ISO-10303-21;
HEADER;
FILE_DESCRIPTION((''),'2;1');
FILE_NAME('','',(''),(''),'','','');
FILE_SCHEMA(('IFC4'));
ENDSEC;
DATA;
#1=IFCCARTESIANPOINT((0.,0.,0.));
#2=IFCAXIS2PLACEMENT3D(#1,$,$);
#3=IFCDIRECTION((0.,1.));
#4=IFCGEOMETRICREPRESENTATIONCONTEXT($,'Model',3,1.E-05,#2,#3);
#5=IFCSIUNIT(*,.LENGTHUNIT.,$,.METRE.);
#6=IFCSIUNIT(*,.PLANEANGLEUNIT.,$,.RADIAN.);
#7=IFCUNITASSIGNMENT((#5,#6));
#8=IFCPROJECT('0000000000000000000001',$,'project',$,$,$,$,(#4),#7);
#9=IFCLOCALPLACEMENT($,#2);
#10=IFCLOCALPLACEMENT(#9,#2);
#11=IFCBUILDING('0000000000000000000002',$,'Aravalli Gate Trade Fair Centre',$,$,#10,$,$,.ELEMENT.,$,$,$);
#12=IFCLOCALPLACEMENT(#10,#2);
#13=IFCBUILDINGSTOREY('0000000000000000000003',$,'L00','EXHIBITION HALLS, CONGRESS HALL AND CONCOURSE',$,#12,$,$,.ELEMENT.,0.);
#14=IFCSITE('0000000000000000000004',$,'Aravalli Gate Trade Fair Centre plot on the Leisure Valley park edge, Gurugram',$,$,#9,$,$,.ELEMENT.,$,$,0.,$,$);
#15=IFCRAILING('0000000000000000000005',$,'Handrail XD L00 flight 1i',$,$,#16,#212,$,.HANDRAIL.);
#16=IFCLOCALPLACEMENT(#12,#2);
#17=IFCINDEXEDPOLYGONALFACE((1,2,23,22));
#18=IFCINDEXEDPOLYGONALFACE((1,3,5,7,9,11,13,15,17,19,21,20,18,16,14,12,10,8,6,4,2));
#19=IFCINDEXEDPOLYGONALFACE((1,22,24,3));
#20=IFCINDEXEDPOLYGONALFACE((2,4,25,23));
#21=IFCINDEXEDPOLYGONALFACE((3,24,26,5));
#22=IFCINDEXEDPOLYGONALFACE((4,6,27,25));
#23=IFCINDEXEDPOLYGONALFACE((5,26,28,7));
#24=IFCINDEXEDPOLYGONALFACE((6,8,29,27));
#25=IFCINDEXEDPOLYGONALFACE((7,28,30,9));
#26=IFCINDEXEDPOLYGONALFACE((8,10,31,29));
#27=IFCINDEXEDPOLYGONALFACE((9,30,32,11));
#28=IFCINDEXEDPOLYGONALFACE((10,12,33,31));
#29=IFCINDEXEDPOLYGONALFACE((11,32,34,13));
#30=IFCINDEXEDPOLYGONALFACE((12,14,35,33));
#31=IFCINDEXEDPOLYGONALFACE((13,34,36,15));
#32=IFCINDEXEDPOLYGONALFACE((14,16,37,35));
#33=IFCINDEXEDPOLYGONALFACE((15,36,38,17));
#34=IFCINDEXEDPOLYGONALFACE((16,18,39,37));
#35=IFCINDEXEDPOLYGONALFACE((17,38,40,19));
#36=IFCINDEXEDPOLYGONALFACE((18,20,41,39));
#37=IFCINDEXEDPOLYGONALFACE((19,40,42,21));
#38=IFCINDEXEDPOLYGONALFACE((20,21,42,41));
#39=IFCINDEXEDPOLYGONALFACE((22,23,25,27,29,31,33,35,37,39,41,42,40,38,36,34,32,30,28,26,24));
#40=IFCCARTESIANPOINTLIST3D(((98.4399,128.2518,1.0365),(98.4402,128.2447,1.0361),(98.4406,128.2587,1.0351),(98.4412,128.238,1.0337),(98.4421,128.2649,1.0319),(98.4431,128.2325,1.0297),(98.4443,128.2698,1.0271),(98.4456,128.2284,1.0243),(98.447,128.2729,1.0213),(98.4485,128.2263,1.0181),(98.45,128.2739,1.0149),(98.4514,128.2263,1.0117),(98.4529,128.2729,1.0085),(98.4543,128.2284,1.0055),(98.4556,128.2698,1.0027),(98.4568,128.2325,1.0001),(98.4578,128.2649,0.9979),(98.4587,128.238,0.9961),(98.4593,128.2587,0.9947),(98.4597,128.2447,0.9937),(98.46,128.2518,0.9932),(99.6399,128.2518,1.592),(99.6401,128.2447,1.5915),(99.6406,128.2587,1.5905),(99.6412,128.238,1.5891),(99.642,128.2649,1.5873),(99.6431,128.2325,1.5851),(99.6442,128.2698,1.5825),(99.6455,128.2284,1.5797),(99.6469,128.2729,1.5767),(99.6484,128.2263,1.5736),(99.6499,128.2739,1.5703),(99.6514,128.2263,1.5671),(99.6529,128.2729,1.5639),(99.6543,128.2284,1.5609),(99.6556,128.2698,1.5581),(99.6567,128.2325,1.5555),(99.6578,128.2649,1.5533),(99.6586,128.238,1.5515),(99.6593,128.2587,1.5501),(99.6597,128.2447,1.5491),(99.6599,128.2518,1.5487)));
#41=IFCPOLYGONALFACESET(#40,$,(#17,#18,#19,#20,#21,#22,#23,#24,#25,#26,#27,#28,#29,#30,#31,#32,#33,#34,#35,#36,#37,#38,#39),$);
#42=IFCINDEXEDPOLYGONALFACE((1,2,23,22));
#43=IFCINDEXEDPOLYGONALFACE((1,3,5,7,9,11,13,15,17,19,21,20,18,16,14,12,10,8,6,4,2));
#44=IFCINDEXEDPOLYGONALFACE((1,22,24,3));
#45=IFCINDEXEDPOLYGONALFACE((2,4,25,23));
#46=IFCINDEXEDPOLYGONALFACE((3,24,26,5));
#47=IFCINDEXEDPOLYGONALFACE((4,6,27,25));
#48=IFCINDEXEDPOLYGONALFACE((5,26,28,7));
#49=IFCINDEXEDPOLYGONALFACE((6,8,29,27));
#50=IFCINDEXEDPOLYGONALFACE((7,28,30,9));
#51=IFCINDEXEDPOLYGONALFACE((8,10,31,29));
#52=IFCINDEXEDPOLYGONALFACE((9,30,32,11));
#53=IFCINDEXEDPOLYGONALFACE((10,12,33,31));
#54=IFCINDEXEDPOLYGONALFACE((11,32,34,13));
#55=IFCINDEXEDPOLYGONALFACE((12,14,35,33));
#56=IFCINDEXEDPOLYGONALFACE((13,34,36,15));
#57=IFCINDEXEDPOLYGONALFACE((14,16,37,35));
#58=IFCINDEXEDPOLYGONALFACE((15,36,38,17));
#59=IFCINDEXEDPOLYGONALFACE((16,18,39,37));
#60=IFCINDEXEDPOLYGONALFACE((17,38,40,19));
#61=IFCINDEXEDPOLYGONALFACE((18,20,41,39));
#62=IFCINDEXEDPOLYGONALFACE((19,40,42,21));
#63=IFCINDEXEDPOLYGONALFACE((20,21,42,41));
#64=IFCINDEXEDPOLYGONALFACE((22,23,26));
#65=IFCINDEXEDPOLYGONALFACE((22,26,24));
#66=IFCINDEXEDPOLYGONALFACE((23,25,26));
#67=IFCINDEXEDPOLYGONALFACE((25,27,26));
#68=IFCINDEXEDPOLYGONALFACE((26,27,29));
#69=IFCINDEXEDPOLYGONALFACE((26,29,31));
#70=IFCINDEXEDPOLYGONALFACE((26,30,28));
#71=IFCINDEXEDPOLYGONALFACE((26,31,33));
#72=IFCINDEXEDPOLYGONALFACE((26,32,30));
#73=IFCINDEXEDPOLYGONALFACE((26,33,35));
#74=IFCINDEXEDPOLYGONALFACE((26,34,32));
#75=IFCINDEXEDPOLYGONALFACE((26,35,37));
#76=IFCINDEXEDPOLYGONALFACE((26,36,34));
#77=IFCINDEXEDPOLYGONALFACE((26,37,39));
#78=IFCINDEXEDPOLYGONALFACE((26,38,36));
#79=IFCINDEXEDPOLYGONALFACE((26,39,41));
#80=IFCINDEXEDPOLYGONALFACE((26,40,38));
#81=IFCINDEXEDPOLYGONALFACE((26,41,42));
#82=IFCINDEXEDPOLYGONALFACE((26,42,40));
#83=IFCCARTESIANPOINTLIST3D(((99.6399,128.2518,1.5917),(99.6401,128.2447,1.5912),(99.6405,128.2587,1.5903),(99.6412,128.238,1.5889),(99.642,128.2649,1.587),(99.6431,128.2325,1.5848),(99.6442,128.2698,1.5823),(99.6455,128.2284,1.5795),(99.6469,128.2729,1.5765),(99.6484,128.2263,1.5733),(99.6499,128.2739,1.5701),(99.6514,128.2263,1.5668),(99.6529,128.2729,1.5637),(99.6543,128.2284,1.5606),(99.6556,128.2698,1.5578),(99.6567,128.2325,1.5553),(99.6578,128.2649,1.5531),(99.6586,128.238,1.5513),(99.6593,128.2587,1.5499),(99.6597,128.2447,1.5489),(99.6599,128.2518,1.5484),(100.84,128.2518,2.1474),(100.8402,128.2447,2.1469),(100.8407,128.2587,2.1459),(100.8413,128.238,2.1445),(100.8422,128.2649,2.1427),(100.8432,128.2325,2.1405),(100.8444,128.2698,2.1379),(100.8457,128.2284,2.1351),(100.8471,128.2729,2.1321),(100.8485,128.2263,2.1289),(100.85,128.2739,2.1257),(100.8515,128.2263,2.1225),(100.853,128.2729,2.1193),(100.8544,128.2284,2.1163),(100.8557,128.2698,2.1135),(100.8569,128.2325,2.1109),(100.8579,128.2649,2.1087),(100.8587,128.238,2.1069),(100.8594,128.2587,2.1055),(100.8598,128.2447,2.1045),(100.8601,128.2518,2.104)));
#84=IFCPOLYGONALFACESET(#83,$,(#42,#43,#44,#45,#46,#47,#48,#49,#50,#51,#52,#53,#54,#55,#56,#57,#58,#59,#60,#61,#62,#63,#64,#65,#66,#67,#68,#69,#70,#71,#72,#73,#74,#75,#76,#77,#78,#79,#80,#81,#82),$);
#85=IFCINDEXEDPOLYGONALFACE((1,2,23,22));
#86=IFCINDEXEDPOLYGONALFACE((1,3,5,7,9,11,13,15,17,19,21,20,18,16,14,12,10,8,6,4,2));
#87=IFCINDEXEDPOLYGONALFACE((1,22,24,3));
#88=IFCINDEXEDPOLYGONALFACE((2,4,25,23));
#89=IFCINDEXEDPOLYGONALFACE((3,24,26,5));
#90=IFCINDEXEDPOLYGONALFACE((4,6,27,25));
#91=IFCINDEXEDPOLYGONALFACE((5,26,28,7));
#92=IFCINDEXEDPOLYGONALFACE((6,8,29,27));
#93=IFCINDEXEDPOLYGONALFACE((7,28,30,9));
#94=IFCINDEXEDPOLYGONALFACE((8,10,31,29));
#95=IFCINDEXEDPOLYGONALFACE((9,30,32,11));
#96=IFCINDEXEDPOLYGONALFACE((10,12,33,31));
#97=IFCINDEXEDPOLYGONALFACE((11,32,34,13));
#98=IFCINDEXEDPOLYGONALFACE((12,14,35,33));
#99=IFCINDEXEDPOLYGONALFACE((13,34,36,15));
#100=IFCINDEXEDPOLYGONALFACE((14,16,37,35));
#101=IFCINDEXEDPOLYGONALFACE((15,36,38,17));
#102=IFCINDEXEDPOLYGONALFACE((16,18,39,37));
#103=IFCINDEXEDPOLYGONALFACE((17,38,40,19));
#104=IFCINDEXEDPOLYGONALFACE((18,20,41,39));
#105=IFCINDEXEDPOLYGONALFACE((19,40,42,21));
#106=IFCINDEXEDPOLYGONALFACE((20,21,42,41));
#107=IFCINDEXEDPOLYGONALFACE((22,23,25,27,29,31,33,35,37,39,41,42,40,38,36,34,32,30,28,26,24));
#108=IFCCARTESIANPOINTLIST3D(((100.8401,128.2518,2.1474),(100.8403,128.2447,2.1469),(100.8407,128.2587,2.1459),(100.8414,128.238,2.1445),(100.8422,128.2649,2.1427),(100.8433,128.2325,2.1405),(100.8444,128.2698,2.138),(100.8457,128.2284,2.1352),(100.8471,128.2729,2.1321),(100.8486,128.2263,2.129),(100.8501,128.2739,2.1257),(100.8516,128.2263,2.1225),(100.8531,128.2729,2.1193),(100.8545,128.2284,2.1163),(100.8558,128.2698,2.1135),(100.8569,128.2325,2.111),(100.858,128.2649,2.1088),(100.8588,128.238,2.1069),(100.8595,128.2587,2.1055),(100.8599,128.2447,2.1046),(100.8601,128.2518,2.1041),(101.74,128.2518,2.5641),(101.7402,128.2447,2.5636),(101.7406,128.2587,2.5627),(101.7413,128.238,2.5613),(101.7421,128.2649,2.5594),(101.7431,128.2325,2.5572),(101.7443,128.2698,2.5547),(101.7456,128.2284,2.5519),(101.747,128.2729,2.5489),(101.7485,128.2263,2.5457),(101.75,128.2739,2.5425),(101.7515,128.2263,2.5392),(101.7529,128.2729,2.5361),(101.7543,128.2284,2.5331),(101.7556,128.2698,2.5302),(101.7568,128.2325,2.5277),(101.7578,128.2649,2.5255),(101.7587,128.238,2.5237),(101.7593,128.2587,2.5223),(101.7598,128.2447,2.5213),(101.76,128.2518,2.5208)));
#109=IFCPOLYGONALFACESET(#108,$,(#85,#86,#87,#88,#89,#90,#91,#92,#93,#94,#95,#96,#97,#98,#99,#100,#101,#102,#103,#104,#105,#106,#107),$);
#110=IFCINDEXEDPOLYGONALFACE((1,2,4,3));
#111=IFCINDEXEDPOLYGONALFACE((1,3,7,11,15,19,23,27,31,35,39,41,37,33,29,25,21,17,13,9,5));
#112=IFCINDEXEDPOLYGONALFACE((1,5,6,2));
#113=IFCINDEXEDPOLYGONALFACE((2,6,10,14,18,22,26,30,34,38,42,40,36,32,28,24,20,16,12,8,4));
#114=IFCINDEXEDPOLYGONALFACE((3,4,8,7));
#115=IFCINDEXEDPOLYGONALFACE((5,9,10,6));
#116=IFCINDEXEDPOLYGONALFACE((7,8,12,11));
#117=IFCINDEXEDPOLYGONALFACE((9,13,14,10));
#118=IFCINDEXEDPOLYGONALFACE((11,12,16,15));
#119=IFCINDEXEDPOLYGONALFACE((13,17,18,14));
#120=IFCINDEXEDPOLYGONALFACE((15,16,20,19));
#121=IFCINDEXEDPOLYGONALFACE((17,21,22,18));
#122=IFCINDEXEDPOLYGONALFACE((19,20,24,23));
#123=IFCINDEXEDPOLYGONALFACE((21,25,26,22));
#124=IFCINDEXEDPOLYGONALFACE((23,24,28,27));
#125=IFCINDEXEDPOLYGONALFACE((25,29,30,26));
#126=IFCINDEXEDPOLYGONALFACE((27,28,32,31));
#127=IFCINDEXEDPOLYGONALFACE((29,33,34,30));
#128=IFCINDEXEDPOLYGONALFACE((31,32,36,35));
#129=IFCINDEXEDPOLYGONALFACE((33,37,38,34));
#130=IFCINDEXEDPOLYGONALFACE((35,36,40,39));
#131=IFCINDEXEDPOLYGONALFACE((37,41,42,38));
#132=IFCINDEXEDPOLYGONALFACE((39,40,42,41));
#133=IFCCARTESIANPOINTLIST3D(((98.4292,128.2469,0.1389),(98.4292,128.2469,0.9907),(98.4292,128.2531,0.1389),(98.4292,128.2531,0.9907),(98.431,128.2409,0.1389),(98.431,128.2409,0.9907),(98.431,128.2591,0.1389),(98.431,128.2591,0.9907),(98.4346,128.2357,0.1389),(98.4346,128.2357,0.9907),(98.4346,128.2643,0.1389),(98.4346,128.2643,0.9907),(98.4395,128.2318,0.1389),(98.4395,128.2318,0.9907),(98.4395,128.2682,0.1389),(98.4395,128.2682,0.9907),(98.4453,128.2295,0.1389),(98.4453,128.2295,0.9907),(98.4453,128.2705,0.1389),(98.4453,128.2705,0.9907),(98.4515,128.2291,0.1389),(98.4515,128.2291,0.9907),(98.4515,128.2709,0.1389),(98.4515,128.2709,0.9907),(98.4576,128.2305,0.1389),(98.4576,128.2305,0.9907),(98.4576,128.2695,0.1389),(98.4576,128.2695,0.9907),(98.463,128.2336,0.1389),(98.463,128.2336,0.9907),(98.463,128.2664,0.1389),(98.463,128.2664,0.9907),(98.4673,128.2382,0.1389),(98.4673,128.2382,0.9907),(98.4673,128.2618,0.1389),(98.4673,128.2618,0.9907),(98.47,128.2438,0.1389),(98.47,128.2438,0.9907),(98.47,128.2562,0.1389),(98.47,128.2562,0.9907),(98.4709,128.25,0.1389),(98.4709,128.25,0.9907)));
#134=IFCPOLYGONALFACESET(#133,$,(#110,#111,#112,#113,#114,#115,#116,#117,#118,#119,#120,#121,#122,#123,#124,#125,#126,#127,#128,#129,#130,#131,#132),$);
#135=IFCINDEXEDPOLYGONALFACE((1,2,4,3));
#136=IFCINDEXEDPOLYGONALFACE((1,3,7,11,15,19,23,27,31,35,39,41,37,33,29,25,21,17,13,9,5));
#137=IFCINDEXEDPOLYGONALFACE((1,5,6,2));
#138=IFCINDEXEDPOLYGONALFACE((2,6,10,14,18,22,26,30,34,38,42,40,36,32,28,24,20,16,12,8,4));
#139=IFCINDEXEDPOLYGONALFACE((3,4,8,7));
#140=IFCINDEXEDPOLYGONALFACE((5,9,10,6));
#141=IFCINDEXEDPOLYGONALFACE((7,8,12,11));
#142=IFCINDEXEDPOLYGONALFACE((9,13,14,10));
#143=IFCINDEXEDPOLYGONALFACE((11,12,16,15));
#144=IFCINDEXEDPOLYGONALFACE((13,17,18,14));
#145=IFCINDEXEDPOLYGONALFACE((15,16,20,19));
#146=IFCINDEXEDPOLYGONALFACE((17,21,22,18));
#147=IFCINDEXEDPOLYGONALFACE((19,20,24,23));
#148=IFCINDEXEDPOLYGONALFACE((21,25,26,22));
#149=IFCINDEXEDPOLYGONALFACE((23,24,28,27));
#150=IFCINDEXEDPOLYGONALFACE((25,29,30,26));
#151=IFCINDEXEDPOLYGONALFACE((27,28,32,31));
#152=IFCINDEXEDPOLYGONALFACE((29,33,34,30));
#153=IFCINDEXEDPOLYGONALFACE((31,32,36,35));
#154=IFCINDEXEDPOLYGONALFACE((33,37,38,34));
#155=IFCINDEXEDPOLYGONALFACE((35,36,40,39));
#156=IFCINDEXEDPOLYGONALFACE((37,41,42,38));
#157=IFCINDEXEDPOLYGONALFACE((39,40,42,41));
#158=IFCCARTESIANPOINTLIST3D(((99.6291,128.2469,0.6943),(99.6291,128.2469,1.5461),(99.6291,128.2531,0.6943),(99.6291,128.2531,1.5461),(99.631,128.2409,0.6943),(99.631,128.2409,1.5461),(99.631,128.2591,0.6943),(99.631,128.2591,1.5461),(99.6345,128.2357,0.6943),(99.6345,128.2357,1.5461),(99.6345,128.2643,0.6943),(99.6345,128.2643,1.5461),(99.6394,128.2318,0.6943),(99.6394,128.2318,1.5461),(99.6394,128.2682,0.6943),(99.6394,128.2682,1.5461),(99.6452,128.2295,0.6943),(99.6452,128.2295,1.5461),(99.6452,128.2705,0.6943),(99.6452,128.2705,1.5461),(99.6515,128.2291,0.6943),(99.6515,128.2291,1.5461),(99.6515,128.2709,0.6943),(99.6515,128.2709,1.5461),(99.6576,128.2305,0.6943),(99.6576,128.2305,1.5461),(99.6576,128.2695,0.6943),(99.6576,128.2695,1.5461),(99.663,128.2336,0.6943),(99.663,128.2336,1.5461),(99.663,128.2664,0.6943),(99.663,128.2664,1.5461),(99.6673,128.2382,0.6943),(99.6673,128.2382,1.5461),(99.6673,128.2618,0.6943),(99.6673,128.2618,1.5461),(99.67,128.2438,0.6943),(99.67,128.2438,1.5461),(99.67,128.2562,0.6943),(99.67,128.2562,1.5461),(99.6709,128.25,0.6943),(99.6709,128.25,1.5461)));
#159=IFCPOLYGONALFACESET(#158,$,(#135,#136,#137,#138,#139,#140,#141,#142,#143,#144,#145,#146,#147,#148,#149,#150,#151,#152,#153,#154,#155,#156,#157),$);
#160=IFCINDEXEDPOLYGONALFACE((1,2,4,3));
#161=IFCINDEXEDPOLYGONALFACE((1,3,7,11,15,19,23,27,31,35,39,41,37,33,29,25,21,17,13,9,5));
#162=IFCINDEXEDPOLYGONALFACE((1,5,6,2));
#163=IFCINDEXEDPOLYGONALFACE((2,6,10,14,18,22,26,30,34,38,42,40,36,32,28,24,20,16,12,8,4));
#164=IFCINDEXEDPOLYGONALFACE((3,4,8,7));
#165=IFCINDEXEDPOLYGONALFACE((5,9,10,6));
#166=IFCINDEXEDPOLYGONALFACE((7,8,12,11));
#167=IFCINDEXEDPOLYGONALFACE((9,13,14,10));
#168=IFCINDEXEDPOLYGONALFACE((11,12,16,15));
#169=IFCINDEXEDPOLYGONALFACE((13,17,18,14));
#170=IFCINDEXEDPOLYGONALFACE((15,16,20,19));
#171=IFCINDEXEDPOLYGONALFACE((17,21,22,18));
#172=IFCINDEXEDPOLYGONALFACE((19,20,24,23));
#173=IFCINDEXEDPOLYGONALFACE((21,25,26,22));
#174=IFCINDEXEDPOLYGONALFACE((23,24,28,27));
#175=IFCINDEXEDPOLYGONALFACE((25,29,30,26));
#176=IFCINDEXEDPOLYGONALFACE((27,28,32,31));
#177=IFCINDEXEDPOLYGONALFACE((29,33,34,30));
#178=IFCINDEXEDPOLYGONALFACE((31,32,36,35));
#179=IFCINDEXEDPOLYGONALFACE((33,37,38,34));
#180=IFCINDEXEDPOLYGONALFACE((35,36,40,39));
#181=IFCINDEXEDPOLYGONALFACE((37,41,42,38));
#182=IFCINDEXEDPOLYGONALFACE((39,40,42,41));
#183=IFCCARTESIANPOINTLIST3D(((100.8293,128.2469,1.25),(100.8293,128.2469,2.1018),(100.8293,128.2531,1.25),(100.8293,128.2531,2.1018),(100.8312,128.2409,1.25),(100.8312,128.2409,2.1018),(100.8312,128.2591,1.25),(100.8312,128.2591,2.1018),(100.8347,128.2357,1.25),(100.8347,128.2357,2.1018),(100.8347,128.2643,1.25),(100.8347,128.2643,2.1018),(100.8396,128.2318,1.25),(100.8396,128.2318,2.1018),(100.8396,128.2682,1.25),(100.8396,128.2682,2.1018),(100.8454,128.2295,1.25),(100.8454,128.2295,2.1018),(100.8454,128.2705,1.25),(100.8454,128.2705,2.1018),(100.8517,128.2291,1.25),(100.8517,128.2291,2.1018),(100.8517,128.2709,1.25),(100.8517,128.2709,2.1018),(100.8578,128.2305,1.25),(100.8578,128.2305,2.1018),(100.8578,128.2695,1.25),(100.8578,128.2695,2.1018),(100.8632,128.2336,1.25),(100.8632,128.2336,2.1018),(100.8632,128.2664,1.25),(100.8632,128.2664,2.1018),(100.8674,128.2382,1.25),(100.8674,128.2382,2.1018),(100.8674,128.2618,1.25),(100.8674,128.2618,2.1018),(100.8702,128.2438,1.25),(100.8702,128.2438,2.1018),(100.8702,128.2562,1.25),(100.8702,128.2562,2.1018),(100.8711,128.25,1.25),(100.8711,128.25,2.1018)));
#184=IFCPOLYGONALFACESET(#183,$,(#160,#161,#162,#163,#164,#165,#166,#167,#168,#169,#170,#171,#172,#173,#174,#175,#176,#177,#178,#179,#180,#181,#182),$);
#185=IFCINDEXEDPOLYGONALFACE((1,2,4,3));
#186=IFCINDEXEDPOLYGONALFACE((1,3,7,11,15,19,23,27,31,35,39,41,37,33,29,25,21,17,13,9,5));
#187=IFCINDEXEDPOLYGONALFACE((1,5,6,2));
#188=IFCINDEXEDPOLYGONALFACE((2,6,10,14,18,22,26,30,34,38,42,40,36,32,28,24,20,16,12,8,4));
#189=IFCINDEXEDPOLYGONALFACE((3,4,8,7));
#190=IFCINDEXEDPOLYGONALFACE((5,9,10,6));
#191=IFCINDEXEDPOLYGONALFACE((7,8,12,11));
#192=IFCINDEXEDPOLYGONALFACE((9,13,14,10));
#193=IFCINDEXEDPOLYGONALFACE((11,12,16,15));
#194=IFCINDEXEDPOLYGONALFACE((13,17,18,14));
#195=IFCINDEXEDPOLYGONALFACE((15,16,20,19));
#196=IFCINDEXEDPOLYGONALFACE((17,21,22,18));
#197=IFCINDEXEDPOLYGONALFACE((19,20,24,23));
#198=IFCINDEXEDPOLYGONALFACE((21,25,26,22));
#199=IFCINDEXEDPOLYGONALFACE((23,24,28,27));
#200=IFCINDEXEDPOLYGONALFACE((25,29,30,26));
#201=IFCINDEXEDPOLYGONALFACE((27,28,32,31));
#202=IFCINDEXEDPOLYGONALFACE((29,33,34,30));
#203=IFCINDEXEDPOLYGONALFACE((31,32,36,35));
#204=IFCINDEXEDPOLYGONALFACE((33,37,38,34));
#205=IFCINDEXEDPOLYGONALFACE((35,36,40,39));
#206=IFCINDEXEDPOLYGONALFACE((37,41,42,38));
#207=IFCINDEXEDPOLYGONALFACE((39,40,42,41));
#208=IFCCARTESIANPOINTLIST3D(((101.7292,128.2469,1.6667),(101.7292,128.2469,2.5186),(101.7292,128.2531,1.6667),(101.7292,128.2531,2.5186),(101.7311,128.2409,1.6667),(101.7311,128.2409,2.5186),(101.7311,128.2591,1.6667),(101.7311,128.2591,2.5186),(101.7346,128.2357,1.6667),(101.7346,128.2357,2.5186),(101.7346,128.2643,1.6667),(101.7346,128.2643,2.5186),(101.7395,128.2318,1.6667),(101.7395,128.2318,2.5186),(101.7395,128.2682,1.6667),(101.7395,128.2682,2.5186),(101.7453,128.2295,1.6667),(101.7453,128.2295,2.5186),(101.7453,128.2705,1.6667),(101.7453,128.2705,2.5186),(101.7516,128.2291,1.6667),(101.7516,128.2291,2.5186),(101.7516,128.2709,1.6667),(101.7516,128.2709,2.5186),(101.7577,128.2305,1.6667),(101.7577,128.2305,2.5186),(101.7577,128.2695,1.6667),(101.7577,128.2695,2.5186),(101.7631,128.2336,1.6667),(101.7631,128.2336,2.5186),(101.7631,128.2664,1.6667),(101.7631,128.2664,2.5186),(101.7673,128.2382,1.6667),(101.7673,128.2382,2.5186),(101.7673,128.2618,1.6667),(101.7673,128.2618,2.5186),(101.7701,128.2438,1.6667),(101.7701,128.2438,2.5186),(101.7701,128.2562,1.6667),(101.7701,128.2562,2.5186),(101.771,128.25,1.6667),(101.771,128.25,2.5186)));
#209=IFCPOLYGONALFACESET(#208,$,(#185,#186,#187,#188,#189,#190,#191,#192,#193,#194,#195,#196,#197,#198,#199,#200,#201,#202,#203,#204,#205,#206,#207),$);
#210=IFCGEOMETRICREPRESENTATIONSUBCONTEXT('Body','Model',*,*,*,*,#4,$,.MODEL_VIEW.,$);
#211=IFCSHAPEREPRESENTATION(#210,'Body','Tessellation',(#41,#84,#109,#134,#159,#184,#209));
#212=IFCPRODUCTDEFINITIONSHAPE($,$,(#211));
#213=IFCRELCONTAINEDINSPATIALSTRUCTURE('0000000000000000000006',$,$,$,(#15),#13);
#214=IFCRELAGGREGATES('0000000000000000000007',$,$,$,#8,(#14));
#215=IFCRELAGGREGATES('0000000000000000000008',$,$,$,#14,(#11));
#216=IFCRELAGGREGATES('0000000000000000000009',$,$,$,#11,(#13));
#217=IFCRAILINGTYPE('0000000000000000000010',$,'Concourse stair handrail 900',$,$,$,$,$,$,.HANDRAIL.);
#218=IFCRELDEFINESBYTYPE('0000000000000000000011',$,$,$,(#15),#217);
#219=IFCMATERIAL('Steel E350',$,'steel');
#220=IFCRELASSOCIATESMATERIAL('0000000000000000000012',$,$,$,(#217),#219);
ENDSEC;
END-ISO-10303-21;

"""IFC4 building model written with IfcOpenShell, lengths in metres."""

from ifc_helpers import new_model, si_unit, direction, frame, origin, origin_2d, place, context, subcontext, project, spatial, circle, extrude, material, type_object, element, save


model = new_model("IFC4")

# Units and contexts
model_context = context("Model", 3, precision=1e-05, world=origin(), true_north=direction((0.0, 1.0)))
body_context = subcontext(model_context, "Body", "Model", "MODEL_VIEW")
ifc_project = project(units=[si_unit("LENGTHUNIT", "METRE"), si_unit("PLANEANGLEUNIT", "RADIAN")], contexts=[model_context])

# Site, building, storey
site_placement = place(None, origin())
site = spatial("IfcSite", under=ifc_project, at=site_placement, Name="Aravalli Gate Trade Fair Centre plot on the Leisure Valley park edge, Gurugram", CompositionType="ELEMENT", RefElevation=0.0)
building_placement = place(site_placement, origin())
building = spatial("IfcBuilding", under=site, at=building_placement, Name="Aravalli Gate Trade Fair Centre", CompositionType="ELEMENT")
storey_placement = place(building_placement, origin())
storey = spatial("IfcBuildingStorey", under=building, at=storey_placement, Name="L00", Description="EXHIBITION HALLS, CONGRESS HALL AND CONCOURSE", CompositionType="ELEMENT", Elevation=0.0)

# Shared definitions
ifc_material_1 = material(Name="Steel E350", Category="steel")

# Railing
railing_type = type_object("IfcRailingType", Name="Concourse stair handrail 900", PredefinedType="HANDRAIL", material=ifc_material_1)
for number, where, name in (
    (1, (98.45, 128.25, 0.1389), "Handrail XD L00 flight 1i"),
):
    element("IfcRailing", number, at=place(storey_placement, frame(where)), inside=storey, type_object=railing_type, Name=name, PredefinedType="HANDRAIL", context=body_context, shape_type="SweptSolid", body=[
        extrude(circle(Radius=0.0239, at=origin_2d()), frame((0.0, 0.0, 0.876), z_axis=(0.907499, 0.0, 0.420053), x_axis=(0.0, 1.0, 0.0)), (0.0, 0.0, 1.0), 1.3223),
        extrude(circle(Radius=0.0239, at=origin_2d()), frame((1.2, 0.0, 1.4312), z_axis=(0.907462, 0.0, 0.420135), x_axis=(0.0, 1.0, 0.0)), (0.0, 0.0, 1.0), 1.3225),
        extrude(circle(Radius=0.0239, at=origin_2d()), frame((2.4001, 0.0, 1.9868), z_axis=(0.907418, 0.0, 0.420229), x_axis=(0.0, 1.0, 0.0)), (0.0, 0.0, 1.0), 0.9917),
        extrude(circle(Radius=0.021, at=origin_2d()), origin(), (0.0, 0.0, 1.0), 0.8518),
        extrude(circle(Radius=0.021, at=origin_2d()), frame((1.2, 0.0, 0.5554)), (0.0, 0.0, 1.0), 0.8518),
        extrude(circle(Radius=0.021, at=origin_2d()), frame((2.4001, 0.0, 1.1111)), (0.0, 0.0, 1.0), 0.8518),
        extrude(circle(Radius=0.021, at=origin_2d()), frame((3.3, 0.0, 1.5278)), (0.0, 0.0, 1.0), 0.8518),
    ])

save(model, "model.ifc")
